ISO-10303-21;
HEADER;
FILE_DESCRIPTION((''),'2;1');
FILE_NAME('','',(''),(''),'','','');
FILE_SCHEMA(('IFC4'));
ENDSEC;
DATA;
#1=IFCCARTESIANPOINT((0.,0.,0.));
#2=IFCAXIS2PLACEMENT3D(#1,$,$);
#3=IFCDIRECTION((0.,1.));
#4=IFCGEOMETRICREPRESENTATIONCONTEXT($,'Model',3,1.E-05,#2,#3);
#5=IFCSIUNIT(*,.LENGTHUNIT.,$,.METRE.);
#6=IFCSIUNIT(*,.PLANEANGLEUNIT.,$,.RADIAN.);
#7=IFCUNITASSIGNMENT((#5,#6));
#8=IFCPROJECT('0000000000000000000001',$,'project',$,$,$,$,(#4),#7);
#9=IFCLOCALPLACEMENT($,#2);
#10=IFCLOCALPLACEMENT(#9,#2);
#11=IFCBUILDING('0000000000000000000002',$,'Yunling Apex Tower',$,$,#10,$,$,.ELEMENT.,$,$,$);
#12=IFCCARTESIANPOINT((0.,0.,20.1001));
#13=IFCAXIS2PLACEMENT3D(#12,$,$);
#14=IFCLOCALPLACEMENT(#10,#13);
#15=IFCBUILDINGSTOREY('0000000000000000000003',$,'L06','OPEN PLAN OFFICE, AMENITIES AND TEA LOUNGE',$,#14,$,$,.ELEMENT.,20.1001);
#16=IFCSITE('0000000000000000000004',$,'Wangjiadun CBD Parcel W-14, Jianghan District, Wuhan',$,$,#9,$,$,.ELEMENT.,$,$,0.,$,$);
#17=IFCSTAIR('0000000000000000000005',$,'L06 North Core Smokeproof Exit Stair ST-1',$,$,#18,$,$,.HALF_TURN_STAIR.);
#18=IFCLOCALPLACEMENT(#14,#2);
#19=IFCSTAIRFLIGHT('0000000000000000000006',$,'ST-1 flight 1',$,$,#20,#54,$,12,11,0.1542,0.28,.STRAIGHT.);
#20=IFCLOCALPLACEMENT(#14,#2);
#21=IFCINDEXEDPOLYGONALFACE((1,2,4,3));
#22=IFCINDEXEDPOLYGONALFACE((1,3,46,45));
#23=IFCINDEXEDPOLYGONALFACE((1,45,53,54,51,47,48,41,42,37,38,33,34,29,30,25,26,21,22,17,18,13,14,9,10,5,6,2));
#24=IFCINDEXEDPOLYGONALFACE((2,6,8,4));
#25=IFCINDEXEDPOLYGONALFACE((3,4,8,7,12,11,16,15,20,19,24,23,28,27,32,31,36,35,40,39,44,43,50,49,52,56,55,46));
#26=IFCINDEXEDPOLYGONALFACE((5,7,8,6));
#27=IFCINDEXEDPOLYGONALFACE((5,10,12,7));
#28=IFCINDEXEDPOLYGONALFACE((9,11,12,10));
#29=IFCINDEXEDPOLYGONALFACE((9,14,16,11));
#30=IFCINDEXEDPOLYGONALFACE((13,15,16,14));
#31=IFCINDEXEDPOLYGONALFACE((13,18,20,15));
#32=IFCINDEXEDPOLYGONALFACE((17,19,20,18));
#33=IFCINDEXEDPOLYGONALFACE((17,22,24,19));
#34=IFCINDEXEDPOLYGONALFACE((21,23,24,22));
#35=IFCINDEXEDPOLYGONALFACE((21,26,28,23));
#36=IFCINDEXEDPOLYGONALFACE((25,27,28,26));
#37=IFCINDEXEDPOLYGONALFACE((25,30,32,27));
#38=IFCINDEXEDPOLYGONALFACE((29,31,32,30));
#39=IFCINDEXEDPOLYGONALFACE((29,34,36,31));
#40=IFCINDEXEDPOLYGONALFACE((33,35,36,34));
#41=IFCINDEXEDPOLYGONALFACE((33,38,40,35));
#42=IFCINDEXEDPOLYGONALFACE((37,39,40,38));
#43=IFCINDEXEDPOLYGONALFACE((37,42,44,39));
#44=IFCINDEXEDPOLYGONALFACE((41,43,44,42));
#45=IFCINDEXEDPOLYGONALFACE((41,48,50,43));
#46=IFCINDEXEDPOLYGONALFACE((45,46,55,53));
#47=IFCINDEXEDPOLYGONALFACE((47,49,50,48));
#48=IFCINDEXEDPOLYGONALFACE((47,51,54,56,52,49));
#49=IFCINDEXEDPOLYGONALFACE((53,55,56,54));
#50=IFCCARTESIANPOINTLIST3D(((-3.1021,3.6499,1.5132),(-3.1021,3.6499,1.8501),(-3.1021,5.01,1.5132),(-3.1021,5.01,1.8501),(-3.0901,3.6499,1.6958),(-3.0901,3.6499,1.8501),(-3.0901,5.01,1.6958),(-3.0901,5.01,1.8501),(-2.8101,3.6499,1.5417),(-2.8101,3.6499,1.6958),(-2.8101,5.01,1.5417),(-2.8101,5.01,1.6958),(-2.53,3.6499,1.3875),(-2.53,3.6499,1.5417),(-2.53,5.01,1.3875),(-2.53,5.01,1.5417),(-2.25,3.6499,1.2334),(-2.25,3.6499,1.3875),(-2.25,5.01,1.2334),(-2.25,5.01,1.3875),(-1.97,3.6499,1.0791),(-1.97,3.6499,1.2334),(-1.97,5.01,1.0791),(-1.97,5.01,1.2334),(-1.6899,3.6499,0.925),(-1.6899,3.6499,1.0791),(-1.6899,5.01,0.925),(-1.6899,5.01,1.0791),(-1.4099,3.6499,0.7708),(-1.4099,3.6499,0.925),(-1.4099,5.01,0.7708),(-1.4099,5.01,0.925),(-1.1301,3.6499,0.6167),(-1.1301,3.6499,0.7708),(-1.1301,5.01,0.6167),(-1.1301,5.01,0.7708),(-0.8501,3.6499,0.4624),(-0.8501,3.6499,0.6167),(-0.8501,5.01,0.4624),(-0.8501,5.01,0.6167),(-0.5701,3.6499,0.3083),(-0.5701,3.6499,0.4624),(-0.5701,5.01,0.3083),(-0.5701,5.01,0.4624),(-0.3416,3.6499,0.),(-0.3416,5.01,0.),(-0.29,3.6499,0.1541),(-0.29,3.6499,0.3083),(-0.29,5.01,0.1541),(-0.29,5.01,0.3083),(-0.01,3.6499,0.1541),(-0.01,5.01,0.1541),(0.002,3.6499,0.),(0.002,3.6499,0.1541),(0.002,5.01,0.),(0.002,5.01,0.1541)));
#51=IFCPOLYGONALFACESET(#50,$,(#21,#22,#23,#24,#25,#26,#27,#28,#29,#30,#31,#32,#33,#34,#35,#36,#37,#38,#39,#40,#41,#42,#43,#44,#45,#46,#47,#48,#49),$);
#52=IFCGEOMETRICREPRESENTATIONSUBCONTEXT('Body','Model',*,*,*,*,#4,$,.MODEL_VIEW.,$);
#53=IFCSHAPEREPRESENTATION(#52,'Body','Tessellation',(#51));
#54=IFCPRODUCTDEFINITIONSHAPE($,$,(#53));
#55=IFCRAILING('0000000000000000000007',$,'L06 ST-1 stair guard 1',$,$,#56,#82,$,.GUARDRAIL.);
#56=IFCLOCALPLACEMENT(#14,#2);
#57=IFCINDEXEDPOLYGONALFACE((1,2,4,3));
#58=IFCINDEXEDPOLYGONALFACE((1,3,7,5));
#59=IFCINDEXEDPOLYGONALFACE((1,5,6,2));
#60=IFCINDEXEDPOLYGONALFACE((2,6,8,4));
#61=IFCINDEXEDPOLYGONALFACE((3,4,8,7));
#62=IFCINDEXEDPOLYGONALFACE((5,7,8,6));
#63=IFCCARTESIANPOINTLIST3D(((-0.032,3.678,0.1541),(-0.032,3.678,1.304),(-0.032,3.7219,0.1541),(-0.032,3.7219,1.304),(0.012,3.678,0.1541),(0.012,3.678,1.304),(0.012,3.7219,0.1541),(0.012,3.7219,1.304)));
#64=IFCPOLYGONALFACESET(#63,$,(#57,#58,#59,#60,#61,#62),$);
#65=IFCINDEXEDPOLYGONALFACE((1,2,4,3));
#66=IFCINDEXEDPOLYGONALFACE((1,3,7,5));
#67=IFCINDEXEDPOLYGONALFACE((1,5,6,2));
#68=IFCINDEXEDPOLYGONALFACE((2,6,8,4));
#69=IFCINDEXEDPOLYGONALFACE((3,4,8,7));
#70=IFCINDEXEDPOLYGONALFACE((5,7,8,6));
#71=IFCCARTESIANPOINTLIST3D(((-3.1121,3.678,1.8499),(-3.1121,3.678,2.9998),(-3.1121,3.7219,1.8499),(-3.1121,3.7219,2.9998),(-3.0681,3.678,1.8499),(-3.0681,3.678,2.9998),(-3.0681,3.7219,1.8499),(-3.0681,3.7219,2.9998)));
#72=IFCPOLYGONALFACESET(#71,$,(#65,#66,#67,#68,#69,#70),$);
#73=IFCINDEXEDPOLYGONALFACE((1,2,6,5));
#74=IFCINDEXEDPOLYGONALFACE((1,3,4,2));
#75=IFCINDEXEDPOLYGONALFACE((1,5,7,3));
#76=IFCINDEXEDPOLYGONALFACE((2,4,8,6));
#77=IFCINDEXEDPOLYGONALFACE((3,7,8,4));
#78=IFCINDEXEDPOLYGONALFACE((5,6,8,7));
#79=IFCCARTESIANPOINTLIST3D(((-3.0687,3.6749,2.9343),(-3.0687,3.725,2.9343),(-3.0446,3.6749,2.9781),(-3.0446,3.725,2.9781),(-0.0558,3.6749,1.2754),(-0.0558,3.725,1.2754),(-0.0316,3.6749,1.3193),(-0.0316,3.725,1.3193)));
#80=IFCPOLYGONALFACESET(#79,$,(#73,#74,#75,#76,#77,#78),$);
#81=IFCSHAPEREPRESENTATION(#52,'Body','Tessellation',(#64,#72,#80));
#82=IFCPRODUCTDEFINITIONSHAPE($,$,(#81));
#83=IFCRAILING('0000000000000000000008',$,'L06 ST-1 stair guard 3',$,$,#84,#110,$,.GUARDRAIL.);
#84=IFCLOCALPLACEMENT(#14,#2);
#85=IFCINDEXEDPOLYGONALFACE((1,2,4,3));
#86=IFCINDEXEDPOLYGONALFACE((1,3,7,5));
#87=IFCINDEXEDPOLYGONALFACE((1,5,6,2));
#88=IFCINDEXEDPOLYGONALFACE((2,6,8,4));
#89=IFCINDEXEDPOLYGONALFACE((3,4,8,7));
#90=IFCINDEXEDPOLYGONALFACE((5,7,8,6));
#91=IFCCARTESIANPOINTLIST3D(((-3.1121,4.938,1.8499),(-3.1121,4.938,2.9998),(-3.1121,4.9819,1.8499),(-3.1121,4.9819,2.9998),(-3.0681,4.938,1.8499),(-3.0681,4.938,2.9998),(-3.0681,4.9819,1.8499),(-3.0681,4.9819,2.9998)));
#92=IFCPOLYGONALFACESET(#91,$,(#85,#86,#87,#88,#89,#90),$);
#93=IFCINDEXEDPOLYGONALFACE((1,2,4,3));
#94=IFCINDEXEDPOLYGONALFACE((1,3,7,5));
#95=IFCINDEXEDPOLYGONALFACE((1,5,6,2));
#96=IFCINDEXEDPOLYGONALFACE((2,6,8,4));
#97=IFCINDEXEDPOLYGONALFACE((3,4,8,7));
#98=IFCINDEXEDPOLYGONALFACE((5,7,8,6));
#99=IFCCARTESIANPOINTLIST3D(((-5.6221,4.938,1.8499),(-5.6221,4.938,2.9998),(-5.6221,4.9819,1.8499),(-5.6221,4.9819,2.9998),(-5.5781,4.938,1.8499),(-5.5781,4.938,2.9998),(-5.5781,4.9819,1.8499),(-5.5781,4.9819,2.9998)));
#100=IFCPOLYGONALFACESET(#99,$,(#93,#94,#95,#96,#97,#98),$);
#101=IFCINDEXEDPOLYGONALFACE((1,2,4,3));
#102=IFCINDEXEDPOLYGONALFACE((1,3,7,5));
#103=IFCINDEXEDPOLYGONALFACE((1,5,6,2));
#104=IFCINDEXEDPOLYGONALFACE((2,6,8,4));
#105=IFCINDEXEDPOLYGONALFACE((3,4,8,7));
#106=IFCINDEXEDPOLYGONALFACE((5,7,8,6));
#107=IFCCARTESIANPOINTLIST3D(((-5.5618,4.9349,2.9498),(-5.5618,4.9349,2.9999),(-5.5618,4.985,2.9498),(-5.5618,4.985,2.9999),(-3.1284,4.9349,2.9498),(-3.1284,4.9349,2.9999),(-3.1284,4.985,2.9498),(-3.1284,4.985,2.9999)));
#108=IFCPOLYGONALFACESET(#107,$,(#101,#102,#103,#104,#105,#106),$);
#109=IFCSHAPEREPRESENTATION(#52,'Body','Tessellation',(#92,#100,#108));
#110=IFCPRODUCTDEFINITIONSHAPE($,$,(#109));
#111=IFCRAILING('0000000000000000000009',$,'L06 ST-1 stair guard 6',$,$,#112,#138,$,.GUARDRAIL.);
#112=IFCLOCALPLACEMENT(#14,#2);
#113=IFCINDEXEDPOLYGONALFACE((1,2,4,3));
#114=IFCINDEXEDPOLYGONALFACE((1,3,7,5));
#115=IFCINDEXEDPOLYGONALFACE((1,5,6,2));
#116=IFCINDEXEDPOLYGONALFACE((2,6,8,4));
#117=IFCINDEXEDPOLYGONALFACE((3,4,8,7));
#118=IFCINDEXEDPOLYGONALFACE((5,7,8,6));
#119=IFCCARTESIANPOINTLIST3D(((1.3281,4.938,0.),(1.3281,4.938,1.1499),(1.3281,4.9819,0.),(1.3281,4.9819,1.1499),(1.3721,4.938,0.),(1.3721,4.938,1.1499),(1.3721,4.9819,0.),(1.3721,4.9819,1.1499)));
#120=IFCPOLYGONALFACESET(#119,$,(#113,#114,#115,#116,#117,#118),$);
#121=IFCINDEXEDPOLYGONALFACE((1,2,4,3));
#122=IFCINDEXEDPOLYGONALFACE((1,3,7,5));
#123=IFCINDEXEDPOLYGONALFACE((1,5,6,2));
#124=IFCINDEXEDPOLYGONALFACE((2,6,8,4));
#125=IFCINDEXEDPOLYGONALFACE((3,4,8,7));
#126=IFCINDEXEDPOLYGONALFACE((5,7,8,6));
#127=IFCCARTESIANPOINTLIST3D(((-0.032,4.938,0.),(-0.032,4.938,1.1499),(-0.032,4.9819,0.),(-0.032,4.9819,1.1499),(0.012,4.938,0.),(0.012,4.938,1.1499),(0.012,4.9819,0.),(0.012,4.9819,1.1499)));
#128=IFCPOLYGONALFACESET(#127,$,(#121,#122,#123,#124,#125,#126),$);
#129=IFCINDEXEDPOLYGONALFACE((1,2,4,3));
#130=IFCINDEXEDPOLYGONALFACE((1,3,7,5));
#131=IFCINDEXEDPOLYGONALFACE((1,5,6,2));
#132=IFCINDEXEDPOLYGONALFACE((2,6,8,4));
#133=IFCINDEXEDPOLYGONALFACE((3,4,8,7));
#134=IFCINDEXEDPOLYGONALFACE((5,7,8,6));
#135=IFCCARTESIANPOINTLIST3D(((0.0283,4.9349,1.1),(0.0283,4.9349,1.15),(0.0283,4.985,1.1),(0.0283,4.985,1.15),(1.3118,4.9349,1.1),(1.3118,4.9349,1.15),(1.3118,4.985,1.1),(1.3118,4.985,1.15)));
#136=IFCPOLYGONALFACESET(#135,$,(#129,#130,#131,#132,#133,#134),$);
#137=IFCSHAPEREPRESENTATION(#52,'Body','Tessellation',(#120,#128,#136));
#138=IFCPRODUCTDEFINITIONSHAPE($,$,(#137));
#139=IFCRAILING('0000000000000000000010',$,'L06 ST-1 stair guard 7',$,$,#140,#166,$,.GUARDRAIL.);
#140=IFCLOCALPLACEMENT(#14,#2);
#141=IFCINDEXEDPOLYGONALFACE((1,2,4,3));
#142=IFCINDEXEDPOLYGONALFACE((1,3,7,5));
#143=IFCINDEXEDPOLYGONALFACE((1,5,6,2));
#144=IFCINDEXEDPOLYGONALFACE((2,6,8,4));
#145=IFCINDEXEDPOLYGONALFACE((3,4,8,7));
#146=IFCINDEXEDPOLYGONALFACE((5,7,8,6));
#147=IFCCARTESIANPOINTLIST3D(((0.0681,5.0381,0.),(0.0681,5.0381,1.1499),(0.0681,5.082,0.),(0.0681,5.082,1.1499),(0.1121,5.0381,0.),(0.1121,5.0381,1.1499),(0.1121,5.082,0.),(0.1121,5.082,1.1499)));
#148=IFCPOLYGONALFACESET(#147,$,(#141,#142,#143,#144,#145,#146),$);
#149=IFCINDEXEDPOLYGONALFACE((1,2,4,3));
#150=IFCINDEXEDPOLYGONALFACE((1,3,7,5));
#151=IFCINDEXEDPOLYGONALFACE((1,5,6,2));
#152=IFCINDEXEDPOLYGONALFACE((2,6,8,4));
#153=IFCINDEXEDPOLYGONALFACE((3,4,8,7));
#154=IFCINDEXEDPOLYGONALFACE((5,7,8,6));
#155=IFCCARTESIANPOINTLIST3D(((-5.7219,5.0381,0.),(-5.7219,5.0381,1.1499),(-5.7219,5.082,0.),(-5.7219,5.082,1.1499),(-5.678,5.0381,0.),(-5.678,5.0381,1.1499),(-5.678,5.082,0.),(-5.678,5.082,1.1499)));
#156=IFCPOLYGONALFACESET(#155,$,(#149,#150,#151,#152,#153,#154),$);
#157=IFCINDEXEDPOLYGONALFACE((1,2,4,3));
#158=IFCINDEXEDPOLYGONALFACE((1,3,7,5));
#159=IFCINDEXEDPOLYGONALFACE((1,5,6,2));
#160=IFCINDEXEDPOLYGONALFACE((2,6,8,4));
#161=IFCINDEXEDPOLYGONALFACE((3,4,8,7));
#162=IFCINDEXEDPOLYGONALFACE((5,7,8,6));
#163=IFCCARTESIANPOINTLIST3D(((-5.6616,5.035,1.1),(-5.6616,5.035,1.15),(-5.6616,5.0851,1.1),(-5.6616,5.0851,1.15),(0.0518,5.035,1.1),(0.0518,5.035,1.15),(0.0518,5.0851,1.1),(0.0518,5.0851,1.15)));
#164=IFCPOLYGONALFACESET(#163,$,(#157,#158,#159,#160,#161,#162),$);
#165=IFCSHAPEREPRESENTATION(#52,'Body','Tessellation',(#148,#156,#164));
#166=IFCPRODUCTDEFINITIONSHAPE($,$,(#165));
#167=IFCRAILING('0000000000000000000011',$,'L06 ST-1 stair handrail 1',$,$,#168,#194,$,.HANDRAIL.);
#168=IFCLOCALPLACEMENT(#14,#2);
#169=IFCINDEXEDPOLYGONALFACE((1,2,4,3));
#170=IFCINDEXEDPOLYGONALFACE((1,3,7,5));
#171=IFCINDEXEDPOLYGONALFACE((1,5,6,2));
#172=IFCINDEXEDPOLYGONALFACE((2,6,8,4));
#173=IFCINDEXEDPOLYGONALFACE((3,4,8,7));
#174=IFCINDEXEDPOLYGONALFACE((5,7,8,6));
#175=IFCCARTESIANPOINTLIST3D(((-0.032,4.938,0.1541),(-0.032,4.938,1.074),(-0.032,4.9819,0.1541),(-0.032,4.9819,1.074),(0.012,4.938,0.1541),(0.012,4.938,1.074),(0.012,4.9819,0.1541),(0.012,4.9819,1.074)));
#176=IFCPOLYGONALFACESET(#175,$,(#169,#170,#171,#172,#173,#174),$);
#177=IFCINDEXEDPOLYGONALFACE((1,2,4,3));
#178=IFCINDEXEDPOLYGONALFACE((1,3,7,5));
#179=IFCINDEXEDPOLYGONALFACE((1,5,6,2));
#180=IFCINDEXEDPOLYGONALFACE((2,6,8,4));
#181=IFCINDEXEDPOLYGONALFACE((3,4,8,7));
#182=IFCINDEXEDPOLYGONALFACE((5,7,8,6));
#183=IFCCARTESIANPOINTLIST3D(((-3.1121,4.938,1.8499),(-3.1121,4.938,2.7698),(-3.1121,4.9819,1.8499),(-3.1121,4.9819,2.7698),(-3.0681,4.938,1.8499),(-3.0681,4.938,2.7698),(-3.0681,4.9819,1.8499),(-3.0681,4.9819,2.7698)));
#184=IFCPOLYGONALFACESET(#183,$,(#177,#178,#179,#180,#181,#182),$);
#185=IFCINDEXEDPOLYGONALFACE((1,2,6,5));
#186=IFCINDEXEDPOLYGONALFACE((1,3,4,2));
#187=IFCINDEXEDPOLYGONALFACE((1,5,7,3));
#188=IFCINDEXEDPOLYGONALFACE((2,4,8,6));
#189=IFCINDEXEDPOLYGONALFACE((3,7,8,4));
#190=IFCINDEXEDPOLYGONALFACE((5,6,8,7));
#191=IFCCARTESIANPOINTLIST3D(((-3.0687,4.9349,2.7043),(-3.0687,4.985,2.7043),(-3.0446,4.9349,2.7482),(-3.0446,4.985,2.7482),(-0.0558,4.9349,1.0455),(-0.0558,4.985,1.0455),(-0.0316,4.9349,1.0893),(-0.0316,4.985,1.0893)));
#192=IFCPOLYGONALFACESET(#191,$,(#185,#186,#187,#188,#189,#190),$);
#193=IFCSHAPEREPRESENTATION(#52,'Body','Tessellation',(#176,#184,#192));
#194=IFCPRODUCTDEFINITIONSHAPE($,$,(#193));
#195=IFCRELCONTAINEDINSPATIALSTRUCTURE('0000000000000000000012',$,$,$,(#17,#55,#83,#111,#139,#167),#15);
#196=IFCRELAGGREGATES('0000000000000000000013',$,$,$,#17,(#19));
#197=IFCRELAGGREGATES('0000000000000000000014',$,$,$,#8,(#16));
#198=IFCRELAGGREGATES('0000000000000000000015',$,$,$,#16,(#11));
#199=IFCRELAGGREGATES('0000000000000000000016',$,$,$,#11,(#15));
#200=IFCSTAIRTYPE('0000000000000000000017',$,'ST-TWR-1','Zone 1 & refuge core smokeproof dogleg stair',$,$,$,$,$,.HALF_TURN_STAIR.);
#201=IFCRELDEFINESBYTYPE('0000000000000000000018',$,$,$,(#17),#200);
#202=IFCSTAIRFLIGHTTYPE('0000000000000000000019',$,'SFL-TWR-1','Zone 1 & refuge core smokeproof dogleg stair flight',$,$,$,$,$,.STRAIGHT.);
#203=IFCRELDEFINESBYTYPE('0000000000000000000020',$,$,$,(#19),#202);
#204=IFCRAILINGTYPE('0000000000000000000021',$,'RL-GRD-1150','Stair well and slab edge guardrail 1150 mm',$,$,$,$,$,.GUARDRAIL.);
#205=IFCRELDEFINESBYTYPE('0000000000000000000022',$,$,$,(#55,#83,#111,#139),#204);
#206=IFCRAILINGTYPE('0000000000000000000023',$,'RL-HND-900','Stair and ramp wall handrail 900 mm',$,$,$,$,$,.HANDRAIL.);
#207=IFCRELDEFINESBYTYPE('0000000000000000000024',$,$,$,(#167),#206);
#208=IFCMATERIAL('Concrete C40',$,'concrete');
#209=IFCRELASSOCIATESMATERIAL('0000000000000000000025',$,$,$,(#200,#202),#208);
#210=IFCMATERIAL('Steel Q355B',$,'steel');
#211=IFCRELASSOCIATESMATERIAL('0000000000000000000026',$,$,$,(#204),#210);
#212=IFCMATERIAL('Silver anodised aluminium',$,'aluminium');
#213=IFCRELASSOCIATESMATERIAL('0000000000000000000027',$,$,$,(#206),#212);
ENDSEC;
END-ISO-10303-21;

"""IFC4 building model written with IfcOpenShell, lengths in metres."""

from ifc_helpers import new_model, si_unit, direction, frame, origin, origin_2d, place, context, subcontext, project, spatial, polyline, rectangle, outline, extrude, material, type_object, element, aggregate, save


model = new_model("IFC4")

# Units and contexts
model_context = context("Model", 3, precision=1e-05, world=origin(), true_north=direction((0.0, 1.0)))
body_context = subcontext(model_context, "Body", "Model", "MODEL_VIEW")
ifc_project = project(units=[si_unit("LENGTHUNIT", "METRE"), si_unit("PLANEANGLEUNIT", "RADIAN")], contexts=[model_context])

# Site, building, storey
site_placement = place(None, origin())
site = spatial("IfcSite", under=ifc_project, at=site_placement, Name="Wangjiadun CBD Parcel W-14, Jianghan District, Wuhan", CompositionType="ELEMENT", RefElevation=0.0)
building_placement = place(site_placement, origin())
building = spatial("IfcBuilding", under=site, at=building_placement, Name="Yunling Apex Tower", CompositionType="ELEMENT")
storey_placement = place(building_placement, frame((0.0, 0.0, 20.1001)))
storey = spatial("IfcBuildingStorey", under=building, at=storey_placement, Name="L06", Description="OPEN PLAN OFFICE, AMENITIES AND TEA LOUNGE", CompositionType="ELEMENT", Elevation=20.1001)

# Shared definitions
ifc_material_1 = material(Name="Steel Q355B", Category="steel")

# Shared definitions
ifc_material_2 = material(Name="Concrete C40", Category="concrete")

# Stair, stair flight
stair_type = type_object("IfcStairType", Name="ST-TWR-1", Description="Zone 1 & refuge core smokeproof dogleg stair", PredefinedType="HALF_TURN_STAIR", material=ifc_material_2)
stair_placement = place(storey_placement, origin())
stair = element("IfcStair", 1, at=stair_placement, inside=storey, type_object=stair_type, Name="L06 North Core Smokeproof Exit Stair ST-1", PredefinedType="HALF_TURN_STAIR")
stair_flight_type = type_object("IfcStairFlightType", Name="SFL-TWR-1", Description="Zone 1 & refuge core smokeproof dogleg stair flight", PredefinedType="STRAIGHT", material=ifc_material_2)
stair_flight_placement = place(storey_placement, frame((-0.01, 4.3301, 0.0), z_axis=(0.0, 0.0, 1.0), x_axis=(-1.0, 0.0, 0.0)))
stair_flight = element("IfcStairFlight", 2, at=stair_flight_placement, type_object=stair_flight_type, Name="ST-1 flight 1", NumberOfRisers=12, NumberOfTreads=11, PredefinedType="STRAIGHT", RiserHeight=0.1542, TreadLength=0.28, context=body_context, shape_type="SweptSolid", body=[
    extrude(outline(polyline([(-0.012, 0.0), (-0.012, 0.1541), (0.0, 0.1541), (0.28, 0.1541), (0.28, 0.3083), (0.5601, 0.3083), (0.5601, 0.4624), (0.8401, 0.4624), (0.8401, 0.6167), (1.1201, 0.6167), (1.1201, 0.7708), (1.3999, 0.7708), (1.3999, 0.925), (1.6799, 0.925), (1.6799, 1.0791), (1.96, 1.0791), (1.96, 1.2334), (2.24, 1.2334), (2.24, 1.3875), (2.52, 1.3875), (2.52, 1.5417), (2.8, 1.5417), (2.8, 1.6958), (3.0801, 1.6958), (3.0801, 1.8501), (3.092, 1.8501), (3.092, 1.5132), (0.3315, 0.0), (-0.012, 0.0)])), frame((0.0, 0.6802, 0.0), z_axis=(0.0, -1.0, 0.0), x_axis=(1.0, 0.0, 0.0)), (0.0, 0.0, 1.0), 1.3601),
])
aggregate(stair, [stair_flight])

# Railings
railing_type_1 = type_object("IfcRailingType", Name="RL-GRD-1150", Description="Stair well and slab edge guardrail 1150 mm", PredefinedType="GUARDRAIL", material=ifc_material_1)
railing_1_placement = place(storey_placement, frame((-0.01, 3.7, 0.1541)))
element("IfcRailing", 3, at=railing_1_placement, inside=storey, type_object=railing_type_1, Name="L06 ST-1 stair guard 1", PredefinedType="GUARDRAIL", context=body_context, shape_type="SweptSolid", body=[
    extrude(rectangle(XDim=0.0439, YDim=0.0439, at=origin_2d()), origin(), (0.0, 0.0, 1.0), 1.1499),
    extrude(rectangle(XDim=0.0439, YDim=0.0439, at=origin_2d()), frame((-3.0801, 0.0, 1.6958)), (0.0, 0.0, 1.0), 1.1499),
    extrude(rectangle(XDim=0.05, YDim=0.05, at=origin_2d()), frame((-0.0337, 0.0, 1.1433), z_axis=(-0.876005, 0.0, 0.482303), x_axis=(0.0, -1.0, 0.0)), (0.0, 0.0, 1.0), 3.4395),
])
railing_2_placement = place(storey_placement, frame((-3.0901, 4.96, 1.8499)))
element("IfcRailing", 4, at=railing_2_placement, inside=storey, type_object=railing_type_1, Name="L06 ST-1 stair guard 3", PredefinedType="GUARDRAIL", context=body_context, shape_type="SweptSolid", body=[
    extrude(rectangle(XDim=0.0439, YDim=0.0439, at=origin_2d()), origin(), (0.0, 0.0, 1.0), 1.1499),
    extrude(rectangle(XDim=0.0439, YDim=0.0439, at=origin_2d()), frame((-2.51, 0.0, 0.0)), (0.0, 0.0, 1.0), 1.1499),
    extrude(rectangle(XDim=0.05, YDim=0.05, at=origin_2d()), frame((-0.0383, 0.0, 1.125), z_axis=(-1.0, 0.0, 0.0), x_axis=(0.0, -1.0, 0.0)), (0.0, 0.0, 1.0), 2.4333),
])
railing_3_placement = place(storey_placement, frame((1.3501, 4.96, 0.0)))
element("IfcRailing", 5, at=railing_3_placement, inside=storey, type_object=railing_type_1, Name="L06 ST-1 stair guard 6", PredefinedType="GUARDRAIL", context=body_context, shape_type="SweptSolid", body=[
    extrude(rectangle(XDim=0.0439, YDim=0.0439, at=origin_2d()), origin(), (0.0, 0.0, 1.0), 1.1499),
    extrude(rectangle(XDim=0.0439, YDim=0.0439, at=origin_2d()), frame((-1.3601, 0.0, 0.0)), (0.0, 0.0, 1.0), 1.1499),
    extrude(rectangle(XDim=0.05, YDim=0.05, at=origin_2d()), frame((-0.0383, 0.0, 1.125), z_axis=(-1.0, 0.0, 0.0), x_axis=(0.0, -1.0, 0.0)), (0.0, 0.0, 1.0), 1.2834),
])
railing_4_placement = place(storey_placement, frame((0.0901, 5.0601, 0.0)))
element("IfcRailing", 6, at=railing_4_placement, inside=storey, type_object=railing_type_1, Name="L06 ST-1 stair guard 7", PredefinedType="GUARDRAIL", context=body_context, shape_type="SweptSolid", body=[
    extrude(rectangle(XDim=0.0439, YDim=0.0439, at=origin_2d()), origin(), (0.0, 0.0, 1.0), 1.1499),
    extrude(rectangle(XDim=0.0439, YDim=0.0439, at=origin_2d()), frame((-5.79, 0.0, 0.0)), (0.0, 0.0, 1.0), 1.1499),
    extrude(rectangle(XDim=0.05, YDim=0.05, at=origin_2d()), frame((-0.0383, 0.0, 1.125), z_axis=(-1.0, 0.0, 0.0), x_axis=(0.0, -1.0, 0.0)), (0.0, 0.0, 1.0), 5.7134),
])
ifc_material_3 = material(Name="Silver anodised aluminium", Category="aluminium")
railing_type_2 = type_object("IfcRailingType", Name="RL-HND-900", Description="Stair and ramp wall handrail 900 mm", PredefinedType="HANDRAIL", material=ifc_material_3)
railing_5_placement = place(storey_placement, frame((-0.01, 4.96, 0.1541)))
element("IfcRailing", 7, at=railing_5_placement, inside=storey, type_object=railing_type_2, Name="L06 ST-1 stair handrail 1", PredefinedType="HANDRAIL", context=body_context, shape_type="SweptSolid", body=[
    extrude(rectangle(XDim=0.0439, YDim=0.0439, at=origin_2d()), origin(), (0.0, 0.0, 1.0), 0.9199),
    extrude(rectangle(XDim=0.0439, YDim=0.0439, at=origin_2d()), frame((-3.0801, 0.0, 1.6958)), (0.0, 0.0, 1.0), 0.9199),
    extrude(rectangle(XDim=0.05, YDim=0.05, at=origin_2d()), frame((-0.0337, 0.0, 0.9133), z_axis=(-0.876005, 0.0, 0.482303), x_axis=(0.0, -1.0, 0.0)), (0.0, 0.0, 1.0), 3.4395),
])

save(model, "model.ifc")
